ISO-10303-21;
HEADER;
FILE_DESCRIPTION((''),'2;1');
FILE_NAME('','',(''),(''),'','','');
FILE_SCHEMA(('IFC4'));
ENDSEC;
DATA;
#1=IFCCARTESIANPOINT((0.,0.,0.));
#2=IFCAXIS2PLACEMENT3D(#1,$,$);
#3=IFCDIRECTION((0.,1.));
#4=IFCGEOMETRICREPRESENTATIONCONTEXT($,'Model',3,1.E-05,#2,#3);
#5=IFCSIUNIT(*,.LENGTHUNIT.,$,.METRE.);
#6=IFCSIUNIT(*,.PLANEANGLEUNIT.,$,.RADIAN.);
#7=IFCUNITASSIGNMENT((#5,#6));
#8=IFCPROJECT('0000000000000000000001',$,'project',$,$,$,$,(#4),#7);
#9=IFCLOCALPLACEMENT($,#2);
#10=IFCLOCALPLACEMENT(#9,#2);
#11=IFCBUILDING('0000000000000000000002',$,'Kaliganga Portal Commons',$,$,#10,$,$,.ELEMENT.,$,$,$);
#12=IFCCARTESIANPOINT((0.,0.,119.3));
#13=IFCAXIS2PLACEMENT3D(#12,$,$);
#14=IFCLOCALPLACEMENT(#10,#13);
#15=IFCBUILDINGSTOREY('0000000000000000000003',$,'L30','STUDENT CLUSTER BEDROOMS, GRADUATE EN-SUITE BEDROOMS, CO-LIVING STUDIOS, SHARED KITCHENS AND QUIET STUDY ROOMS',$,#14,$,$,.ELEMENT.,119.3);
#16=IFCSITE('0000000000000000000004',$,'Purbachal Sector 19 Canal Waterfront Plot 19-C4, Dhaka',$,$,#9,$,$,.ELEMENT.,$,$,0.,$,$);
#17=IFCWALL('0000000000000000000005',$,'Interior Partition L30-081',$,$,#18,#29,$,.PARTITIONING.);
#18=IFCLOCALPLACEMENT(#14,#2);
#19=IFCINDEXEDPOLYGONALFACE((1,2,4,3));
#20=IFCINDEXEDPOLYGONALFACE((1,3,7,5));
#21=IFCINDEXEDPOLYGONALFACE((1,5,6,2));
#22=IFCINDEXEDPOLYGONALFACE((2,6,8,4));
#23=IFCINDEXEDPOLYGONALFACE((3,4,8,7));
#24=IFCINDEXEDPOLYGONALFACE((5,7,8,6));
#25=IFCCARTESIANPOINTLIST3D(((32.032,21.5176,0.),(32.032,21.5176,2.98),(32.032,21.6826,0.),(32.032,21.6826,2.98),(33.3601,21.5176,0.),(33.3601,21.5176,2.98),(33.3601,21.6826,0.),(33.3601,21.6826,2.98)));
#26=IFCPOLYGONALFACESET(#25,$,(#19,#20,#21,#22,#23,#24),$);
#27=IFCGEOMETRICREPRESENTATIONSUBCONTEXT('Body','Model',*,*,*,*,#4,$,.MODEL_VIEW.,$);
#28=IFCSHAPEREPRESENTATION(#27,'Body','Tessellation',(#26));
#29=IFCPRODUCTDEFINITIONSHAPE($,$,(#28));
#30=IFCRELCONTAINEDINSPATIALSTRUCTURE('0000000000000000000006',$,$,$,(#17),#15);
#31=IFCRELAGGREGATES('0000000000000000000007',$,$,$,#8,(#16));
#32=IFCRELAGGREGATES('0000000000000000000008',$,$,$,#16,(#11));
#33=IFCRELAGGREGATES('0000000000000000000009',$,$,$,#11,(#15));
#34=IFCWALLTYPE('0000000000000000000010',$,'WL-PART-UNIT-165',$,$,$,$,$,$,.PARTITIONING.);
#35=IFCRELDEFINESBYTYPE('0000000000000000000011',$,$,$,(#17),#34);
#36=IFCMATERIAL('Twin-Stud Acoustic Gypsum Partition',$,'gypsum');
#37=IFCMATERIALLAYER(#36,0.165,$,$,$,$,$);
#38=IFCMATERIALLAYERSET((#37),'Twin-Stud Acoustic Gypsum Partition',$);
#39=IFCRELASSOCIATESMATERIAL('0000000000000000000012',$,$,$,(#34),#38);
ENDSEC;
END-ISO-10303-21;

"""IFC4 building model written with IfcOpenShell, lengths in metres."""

from ifc_helpers import new_model, si_unit, direction, frame, frame_2d, origin, place, context, subcontext, project, spatial, rectangle, extrude, material, layer, layer_set, type_object, element, save


model = new_model("IFC4")

# Units and contexts
model_context = context("Model", 3, precision=1e-05, world=origin(), true_north=direction((0.0, 1.0)))
body_context = subcontext(model_context, "Body", "Model", "MODEL_VIEW")
ifc_project = project(units=[si_unit("LENGTHUNIT", "METRE"), si_unit("PLANEANGLEUNIT", "RADIAN")], contexts=[model_context])

# Site, building, storey
site_placement = place(None, origin())
site = spatial("IfcSite", under=ifc_project, at=site_placement, Name="Purbachal Sector 19 Canal Waterfront Plot 19-C4, Dhaka", CompositionType="ELEMENT", RefElevation=0.0)
building_placement = place(site_placement, origin())
building = spatial("IfcBuilding", under=site, at=building_placement, Name="Kaliganga Portal Commons", CompositionType="ELEMENT")
storey_placement = place(building_placement, frame((0.0, 0.0, 119.3)))
storey = spatial("IfcBuildingStorey", under=building, at=storey_placement, Name="L30", Description="STUDENT CLUSTER BEDROOMS, GRADUATE EN-SUITE BEDROOMS, CO-LIVING STUDIOS, SHARED KITCHENS AND QUIET STUDY ROOMS", CompositionType="ELEMENT", Elevation=119.3)

# Wall
ifc_material_1 = material(Name="Twin-Stud Acoustic Gypsum Partition", Category="gypsum")
ifc_layer_1 = layer(ifc_material_1, 0.165)
ifc_layer_set_1 = layer_set([ifc_layer_1], Name="Twin-Stud Acoustic Gypsum Partition")
wall_type_1 = type_object("IfcWallType", Name="WL-PART-UNIT-165", PredefinedType="PARTITIONING", material=ifc_layer_set_1)
wall_1_placement = place(storey_placement, frame((32.032, 21.6001, 0.0), z_axis=(0.0, 0.0, 1.0), x_axis=(1.0, 0.0, 0.0)))
element("IfcWall", 1, at=wall_1_placement, inside=storey, type_object=wall_type_1, Name="Interior Partition L30-081", PredefinedType="PARTITIONING", context=body_context, shape_type="SweptSolid", body=[
    extrude(rectangle(XDim=1.3281, YDim=0.165, at=frame_2d((0.6641, 0.0))), origin(), (0.0, 0.0, 1.0), 2.98),
])

save(model, "model.ifc")
